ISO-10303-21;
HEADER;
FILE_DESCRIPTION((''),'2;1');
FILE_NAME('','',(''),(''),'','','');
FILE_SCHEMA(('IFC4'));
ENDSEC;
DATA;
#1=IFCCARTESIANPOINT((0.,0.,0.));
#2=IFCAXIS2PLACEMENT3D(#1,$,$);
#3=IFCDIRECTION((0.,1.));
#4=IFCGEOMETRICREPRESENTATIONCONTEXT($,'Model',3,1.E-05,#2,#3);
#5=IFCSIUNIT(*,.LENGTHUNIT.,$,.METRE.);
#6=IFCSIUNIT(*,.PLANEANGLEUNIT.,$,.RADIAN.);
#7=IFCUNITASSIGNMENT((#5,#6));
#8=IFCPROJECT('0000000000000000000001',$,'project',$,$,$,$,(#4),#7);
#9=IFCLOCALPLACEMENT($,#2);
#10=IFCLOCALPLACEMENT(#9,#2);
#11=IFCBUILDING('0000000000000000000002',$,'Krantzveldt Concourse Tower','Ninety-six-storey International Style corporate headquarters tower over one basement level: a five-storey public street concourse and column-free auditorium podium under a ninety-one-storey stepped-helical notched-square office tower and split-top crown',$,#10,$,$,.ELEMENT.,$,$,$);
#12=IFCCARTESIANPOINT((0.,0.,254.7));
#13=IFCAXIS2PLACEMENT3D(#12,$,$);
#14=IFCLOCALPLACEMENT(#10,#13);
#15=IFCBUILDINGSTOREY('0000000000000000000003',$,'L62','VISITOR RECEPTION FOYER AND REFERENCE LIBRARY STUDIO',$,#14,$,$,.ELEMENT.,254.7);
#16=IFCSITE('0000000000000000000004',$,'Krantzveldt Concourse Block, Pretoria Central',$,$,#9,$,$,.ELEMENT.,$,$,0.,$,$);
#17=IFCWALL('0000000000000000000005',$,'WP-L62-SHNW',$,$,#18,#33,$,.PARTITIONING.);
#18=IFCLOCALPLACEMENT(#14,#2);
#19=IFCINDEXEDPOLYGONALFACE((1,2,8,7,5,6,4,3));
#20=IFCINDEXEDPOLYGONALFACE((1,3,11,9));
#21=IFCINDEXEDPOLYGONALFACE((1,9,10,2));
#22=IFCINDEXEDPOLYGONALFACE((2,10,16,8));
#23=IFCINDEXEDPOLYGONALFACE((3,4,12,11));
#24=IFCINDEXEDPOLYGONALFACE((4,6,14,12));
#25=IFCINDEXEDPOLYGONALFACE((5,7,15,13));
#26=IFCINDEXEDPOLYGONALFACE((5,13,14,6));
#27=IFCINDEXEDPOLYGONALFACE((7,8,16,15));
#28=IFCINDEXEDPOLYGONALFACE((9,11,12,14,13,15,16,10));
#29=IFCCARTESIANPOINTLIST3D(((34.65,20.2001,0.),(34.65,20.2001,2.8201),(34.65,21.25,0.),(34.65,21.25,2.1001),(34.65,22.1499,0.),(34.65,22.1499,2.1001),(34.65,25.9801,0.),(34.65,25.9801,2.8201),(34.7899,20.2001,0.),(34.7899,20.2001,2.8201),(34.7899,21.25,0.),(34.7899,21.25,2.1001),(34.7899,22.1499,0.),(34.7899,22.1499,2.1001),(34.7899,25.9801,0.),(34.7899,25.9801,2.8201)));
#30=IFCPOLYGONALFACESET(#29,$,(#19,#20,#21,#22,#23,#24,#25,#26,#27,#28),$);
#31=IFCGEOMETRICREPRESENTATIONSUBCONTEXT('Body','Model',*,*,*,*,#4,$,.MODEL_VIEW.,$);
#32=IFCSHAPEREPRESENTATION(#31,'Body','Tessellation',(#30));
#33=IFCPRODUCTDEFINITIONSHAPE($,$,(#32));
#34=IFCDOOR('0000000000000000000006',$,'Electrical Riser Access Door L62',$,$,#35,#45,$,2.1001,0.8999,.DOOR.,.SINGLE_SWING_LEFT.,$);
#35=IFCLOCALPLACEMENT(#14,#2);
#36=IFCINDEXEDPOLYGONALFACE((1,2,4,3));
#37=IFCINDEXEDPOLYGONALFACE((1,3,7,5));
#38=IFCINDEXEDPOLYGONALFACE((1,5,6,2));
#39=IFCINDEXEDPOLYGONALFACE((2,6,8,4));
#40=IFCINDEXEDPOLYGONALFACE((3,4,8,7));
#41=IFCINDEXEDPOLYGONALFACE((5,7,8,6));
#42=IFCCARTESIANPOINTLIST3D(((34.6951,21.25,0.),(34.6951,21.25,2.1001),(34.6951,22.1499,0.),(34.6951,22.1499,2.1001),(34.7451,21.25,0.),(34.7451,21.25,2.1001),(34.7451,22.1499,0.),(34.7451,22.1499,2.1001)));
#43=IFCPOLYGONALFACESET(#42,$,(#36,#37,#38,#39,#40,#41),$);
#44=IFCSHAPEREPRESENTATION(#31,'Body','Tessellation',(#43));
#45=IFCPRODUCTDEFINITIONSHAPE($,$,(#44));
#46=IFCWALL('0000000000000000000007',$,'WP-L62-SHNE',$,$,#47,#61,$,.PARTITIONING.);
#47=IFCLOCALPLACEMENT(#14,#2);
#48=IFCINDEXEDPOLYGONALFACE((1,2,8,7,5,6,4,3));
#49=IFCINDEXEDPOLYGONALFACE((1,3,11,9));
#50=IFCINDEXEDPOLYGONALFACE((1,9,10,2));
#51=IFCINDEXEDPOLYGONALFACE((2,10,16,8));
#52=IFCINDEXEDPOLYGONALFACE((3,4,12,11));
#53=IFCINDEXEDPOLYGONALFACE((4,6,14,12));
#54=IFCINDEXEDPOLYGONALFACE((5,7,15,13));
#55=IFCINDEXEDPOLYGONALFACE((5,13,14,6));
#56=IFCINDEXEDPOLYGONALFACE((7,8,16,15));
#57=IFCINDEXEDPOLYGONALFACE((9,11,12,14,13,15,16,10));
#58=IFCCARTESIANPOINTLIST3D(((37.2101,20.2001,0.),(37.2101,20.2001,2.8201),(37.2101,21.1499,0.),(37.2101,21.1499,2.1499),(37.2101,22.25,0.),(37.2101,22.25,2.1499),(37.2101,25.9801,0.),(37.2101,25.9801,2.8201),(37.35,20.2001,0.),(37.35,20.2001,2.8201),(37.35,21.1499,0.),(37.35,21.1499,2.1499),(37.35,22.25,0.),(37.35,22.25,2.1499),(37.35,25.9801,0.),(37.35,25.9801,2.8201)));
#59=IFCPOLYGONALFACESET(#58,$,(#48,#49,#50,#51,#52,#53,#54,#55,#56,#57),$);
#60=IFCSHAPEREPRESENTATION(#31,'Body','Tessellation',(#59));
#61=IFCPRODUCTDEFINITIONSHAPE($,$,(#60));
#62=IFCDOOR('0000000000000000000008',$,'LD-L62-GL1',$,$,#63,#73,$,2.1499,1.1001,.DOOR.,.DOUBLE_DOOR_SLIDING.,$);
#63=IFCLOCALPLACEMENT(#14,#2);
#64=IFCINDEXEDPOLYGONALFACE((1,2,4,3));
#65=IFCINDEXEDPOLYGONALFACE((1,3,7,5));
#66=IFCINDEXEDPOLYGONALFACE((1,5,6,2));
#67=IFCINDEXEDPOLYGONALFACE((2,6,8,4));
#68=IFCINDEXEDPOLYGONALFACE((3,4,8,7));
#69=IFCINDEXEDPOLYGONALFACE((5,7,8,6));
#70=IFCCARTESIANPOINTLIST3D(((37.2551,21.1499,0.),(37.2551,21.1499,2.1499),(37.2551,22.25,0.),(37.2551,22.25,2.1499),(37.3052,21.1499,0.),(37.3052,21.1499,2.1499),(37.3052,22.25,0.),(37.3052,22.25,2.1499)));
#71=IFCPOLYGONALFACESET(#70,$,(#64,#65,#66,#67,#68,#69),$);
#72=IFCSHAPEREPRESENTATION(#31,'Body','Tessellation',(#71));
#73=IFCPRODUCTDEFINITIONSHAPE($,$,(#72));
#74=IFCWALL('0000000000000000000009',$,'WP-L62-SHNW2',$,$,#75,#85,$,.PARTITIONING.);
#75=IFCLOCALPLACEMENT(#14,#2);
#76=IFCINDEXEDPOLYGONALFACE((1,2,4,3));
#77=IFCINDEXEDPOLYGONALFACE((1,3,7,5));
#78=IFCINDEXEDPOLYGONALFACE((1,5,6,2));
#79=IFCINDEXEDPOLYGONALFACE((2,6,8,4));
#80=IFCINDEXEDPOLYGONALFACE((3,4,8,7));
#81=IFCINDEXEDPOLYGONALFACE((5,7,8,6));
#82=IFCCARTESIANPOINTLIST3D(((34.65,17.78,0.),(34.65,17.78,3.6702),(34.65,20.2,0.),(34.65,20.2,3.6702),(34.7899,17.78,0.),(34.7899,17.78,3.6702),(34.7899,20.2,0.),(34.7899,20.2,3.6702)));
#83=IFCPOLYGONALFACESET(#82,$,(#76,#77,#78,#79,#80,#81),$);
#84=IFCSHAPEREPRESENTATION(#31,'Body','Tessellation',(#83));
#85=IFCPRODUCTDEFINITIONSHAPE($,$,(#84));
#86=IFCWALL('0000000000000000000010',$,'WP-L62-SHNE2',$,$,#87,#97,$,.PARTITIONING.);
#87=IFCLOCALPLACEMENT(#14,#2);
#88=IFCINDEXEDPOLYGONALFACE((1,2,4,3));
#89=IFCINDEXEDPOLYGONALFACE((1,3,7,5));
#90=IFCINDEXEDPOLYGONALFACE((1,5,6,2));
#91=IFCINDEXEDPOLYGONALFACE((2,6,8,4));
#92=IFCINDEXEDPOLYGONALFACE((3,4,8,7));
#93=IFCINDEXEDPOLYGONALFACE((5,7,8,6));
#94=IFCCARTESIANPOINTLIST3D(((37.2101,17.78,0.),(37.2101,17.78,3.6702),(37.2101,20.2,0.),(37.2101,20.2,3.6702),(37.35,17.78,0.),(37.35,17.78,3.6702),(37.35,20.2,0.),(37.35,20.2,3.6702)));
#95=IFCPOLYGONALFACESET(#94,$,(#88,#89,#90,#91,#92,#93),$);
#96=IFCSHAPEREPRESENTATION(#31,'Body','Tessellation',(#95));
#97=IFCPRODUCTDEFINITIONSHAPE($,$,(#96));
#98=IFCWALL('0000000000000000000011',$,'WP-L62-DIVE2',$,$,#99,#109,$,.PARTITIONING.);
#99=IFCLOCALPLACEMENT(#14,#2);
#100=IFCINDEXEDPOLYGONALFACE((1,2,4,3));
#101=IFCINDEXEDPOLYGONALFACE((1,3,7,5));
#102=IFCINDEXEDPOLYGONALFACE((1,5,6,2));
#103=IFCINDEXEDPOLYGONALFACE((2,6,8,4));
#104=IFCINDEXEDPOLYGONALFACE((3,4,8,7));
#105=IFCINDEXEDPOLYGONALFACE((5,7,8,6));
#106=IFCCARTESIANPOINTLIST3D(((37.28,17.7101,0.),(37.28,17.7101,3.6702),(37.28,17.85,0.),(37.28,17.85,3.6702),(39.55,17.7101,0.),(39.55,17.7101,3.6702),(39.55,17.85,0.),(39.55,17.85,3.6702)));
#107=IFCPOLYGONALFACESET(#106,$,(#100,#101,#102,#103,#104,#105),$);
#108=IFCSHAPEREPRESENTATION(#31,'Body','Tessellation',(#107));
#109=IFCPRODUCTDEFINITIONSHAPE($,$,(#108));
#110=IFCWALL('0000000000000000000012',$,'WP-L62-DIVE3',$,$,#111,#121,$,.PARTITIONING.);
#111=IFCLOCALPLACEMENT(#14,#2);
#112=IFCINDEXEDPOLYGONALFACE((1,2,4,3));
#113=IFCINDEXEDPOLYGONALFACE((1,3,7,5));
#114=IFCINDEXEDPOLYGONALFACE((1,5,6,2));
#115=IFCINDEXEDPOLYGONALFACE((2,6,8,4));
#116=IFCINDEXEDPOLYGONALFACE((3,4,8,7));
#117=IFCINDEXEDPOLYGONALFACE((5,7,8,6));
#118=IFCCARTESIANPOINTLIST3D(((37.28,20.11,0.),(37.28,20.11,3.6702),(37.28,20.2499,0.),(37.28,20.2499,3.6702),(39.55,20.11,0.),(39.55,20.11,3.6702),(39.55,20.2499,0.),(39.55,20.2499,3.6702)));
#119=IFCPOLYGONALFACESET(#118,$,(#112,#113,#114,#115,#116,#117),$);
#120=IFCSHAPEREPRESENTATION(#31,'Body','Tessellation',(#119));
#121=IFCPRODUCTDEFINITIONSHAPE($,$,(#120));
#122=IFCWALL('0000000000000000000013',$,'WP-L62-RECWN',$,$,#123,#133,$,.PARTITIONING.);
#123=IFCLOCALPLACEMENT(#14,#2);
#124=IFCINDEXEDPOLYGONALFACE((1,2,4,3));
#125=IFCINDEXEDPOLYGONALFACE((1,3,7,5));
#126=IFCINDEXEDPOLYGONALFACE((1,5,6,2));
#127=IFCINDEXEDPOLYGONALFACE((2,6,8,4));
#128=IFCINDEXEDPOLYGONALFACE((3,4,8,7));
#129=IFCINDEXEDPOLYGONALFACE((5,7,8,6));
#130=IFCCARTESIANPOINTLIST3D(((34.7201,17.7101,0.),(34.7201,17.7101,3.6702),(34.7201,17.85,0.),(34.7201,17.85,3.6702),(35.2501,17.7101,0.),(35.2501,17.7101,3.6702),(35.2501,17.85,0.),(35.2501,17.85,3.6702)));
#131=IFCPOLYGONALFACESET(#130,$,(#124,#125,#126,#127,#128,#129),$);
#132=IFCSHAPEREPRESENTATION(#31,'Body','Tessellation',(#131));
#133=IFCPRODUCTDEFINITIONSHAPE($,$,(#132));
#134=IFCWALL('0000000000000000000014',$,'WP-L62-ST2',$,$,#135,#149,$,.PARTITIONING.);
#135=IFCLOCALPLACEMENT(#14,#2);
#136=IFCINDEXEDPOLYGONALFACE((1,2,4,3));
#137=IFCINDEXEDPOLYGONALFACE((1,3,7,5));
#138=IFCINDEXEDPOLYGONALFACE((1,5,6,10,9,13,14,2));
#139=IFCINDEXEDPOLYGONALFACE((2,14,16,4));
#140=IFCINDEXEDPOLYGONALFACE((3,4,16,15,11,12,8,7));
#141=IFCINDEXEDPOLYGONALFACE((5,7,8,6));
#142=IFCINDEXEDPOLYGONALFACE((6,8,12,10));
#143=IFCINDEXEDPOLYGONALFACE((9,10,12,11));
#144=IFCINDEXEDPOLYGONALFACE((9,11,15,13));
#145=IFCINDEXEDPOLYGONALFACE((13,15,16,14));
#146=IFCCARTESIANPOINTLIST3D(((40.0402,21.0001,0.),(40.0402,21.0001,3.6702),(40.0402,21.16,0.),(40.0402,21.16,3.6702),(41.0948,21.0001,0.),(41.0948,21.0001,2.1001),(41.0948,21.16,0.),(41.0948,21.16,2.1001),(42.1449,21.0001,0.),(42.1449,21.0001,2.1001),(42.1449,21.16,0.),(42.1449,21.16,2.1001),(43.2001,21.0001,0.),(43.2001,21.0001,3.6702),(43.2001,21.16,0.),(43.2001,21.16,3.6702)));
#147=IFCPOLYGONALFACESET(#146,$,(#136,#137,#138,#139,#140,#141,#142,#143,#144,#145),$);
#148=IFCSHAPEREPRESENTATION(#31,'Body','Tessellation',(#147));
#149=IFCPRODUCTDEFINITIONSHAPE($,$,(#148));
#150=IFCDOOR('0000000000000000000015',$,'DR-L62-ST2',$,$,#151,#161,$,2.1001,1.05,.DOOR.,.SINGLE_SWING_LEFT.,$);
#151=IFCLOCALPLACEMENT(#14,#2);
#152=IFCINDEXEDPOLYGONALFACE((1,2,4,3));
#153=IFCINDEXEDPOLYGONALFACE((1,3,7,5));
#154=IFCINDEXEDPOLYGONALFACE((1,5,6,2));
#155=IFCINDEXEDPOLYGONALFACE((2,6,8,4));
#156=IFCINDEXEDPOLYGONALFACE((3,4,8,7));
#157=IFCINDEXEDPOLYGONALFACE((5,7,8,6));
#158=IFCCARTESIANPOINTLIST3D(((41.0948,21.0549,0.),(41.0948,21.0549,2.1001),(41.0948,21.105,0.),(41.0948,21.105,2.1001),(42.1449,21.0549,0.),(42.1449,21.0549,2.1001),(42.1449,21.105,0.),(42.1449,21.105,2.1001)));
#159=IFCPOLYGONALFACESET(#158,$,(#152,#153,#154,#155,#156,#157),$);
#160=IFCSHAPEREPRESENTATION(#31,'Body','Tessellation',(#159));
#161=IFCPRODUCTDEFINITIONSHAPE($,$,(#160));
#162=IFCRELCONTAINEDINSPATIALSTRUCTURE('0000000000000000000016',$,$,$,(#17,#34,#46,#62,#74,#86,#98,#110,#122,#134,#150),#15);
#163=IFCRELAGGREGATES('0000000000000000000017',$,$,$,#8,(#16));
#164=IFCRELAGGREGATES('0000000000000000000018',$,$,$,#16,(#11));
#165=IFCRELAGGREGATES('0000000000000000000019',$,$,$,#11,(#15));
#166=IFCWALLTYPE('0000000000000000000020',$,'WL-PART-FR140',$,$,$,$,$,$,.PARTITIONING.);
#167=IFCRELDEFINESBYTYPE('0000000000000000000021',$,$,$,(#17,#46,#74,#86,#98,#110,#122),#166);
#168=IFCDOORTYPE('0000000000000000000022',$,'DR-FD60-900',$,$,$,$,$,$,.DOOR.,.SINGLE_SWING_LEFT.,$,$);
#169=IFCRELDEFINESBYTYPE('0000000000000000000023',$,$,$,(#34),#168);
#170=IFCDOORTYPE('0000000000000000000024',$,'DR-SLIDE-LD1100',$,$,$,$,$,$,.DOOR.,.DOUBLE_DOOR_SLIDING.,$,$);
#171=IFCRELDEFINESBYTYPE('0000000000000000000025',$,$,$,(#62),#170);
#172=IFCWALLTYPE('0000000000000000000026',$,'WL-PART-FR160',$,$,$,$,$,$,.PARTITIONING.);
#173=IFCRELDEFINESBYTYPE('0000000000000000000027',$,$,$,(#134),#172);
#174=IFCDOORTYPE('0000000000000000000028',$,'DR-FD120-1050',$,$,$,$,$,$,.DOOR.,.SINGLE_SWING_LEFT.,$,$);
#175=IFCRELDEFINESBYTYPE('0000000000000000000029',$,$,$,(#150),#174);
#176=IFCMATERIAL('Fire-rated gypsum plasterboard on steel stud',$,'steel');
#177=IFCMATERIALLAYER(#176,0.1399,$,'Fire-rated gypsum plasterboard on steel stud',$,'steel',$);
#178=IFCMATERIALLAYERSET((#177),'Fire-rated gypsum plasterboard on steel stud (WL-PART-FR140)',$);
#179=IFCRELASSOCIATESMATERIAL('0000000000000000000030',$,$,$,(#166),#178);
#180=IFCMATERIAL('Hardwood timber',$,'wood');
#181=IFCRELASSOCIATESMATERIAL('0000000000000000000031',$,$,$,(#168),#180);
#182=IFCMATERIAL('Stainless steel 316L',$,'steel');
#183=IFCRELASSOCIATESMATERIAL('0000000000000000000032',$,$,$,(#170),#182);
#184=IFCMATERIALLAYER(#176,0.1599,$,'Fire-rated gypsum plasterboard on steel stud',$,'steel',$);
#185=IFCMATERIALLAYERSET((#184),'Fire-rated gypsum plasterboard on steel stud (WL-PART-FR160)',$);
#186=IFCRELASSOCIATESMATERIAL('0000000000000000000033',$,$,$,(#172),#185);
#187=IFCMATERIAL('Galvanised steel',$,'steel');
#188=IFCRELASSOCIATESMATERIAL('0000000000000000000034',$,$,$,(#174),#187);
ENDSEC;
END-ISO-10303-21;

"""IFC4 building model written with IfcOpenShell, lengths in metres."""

from ifc_helpers import new_model, si_unit, direction, frame, frame_2d, origin, place, context, subcontext, project, spatial, rectangle, extrude, material, layer, layer_set, type_object, element, fill, save


model = new_model("IFC4")

# Units and contexts
model_context = context("Model", 3, precision=1e-05, world=origin(), true_north=direction((0.0, 1.0)))
body_context = subcontext(model_context, "Body", "Model", "MODEL_VIEW")
ifc_project = project(units=[si_unit("LENGTHUNIT", "METRE"), si_unit("PLANEANGLEUNIT", "RADIAN")], contexts=[model_context])

# Site, building, storey
site_placement = place(None, origin())
site = spatial("IfcSite", under=ifc_project, at=site_placement, Name="Krantzveldt Concourse Block, Pretoria Central", CompositionType="ELEMENT", RefElevation=0.0)
building_placement = place(site_placement, origin())
building = spatial("IfcBuilding", under=site, at=building_placement, Name="Krantzveldt Concourse Tower", Description="Ninety-six-storey International Style corporate headquarters tower over one basement level: a five-storey public street concourse and column-free auditorium podium under a ninety-one-storey stepped-helical notched-square office tower and split-top crown", CompositionType="ELEMENT")
storey_placement = place(building_placement, frame((0.0, 0.0, 254.7)))
storey = spatial("IfcBuildingStorey", under=building, at=storey_placement, Name="L62", Description="VISITOR RECEPTION FOYER AND REFERENCE LIBRARY STUDIO", CompositionType="ELEMENT", Elevation=254.7)

# Walls, openings, doors
ifc_material_1 = material(Name="Fire-rated gypsum plasterboard on steel stud", Category="steel")
ifc_layer_1 = layer(ifc_material_1, 0.1399, Name="Fire-rated gypsum plasterboard on steel stud", Category="steel")
ifc_layer_set_1 = layer_set([ifc_layer_1], Name="Fire-rated gypsum plasterboard on steel stud (WL-PART-FR140)")
wall_type_1 = type_object("IfcWallType", Name="WL-PART-FR140", PredefinedType="PARTITIONING", material=ifc_layer_set_1)
wall_1_placement = place(storey_placement, frame((34.72, 20.2, 0.0), z_axis=(0.0, 0.0, 1.0), x_axis=(0.0, 1.0, 0.0)))
wall_1 = element("IfcWall", 1, at=wall_1_placement, inside=storey, type_object=wall_type_1, Name="WP-L62-SHNW", PredefinedType="PARTITIONING", context=body_context, shape_type="SweptSolid", body=[
    extrude(rectangle(XDim=5.78, YDim=0.1399, at=frame_2d((2.8901, 0.0))), origin(), (0.0, 0.0, 1.0), 2.8201),
])
opening_1_placement = place(wall_1_placement, frame((1.05, 0.0, 0.0)))
opening_1 = element("IfcOpeningElement", 2, at=opening_1_placement, cuts=wall_1, PredefinedType="OPENING", context=body_context, shape_type="SweptSolid", body=[
    extrude(rectangle(XDim=0.8999, YDim=2.1001, at=frame_2d((0.45, 1.05))), frame((0.0, 0.0801, 0.0), z_axis=(0.0, -1.0, 0.0), x_axis=(1.0, 0.0, 0.0)), (0.0, 0.0, 1.0), 0.1599),
])
ifc_material_2 = material(Name="Hardwood timber", Category="wood")
door_type_1 = type_object("IfcDoorType", Name="DR-FD60-900", OperationType="SINGLE_SWING_LEFT", PredefinedType="DOOR", material=ifc_material_2)
door_1_placement = place(opening_1_placement, origin())
door_1 = element("IfcDoor", 3, at=door_1_placement, inside=storey, type_object=door_type_1, Name="Electrical Riser Access Door L62", OperationType="SINGLE_SWING_LEFT", OverallHeight=2.1001, OverallWidth=0.8999, PredefinedType="DOOR", context=body_context, shape_type="SweptSolid", body=[
    extrude(rectangle(XDim=0.8999, YDim=2.1001, at=frame_2d((0.45, 1.05))), frame((0.0, 0.0249, 0.0), z_axis=(0.0, -1.0, 0.0), x_axis=(1.0, 0.0, 0.0)), (0.0, 0.0, 1.0), 0.05),
])
fill(opening_1, door_1)
wall_2_placement = place(storey_placement, frame((37.28, 20.2, 0.0), z_axis=(0.0, 0.0, 1.0), x_axis=(0.0, 1.0, 0.0)))
wall_2 = element("IfcWall", 4, at=wall_2_placement, inside=storey, type_object=wall_type_1, Name="WP-L62-SHNE", PredefinedType="PARTITIONING", context=body_context, shape_type="SweptSolid", body=[
    extrude(rectangle(XDim=5.78, YDim=0.1399, at=frame_2d((2.8901, 0.0))), origin(), (0.0, 0.0, 1.0), 2.8201),
])
opening_2_placement = place(wall_2_placement, frame((0.95, 0.0, 0.0)))
opening_2 = element("IfcOpeningElement", 5, at=opening_2_placement, cuts=wall_2, PredefinedType="OPENING", context=body_context, shape_type="SweptSolid", body=[
    extrude(rectangle(XDim=1.1001, YDim=2.1499, at=frame_2d((0.55, 1.075))), frame((0.0, 0.0801, 0.0), z_axis=(0.0, -1.0, 0.0), x_axis=(1.0, 0.0, 0.0)), (0.0, 0.0, 1.0), 0.1599),
])
ifc_material_3 = material(Name="Stainless steel 316L", Category="steel")
door_type_2 = type_object("IfcDoorType", Name="DR-SLIDE-LD1100", OperationType="DOUBLE_DOOR_SLIDING", PredefinedType="DOOR", material=ifc_material_3)
door_2_placement = place(opening_2_placement, origin())
door_2 = element("IfcDoor", 6, at=door_2_placement, inside=storey, type_object=door_type_2, Name="LD-L62-GL1", OperationType="DOUBLE_DOOR_SLIDING", OverallHeight=2.1499, OverallWidth=1.1001, PredefinedType="DOOR", context=body_context, shape_type="SweptSolid", body=[
    extrude(rectangle(XDim=1.1001, YDim=2.1499, at=frame_2d((0.55, 1.075))), frame((0.0, 0.0249, 0.0), z_axis=(0.0, -1.0, 0.0), x_axis=(1.0, 0.0, 0.0)), (0.0, 0.0, 1.0), 0.05),
])
fill(opening_2, door_2)

# Walls
for number, where, z_axis, x_axis, name in (
    (7, (34.72, 17.78, 0.0), (0.0, 0.0, 1.0), (0.0, 1.0, 0.0), "WP-L62-SHNW2"),
    (8, (37.28, 17.78, 0.0), (0.0, 0.0, 1.0), (0.0, 1.0, 0.0), "WP-L62-SHNE2"),
):
    element("IfcWall", number, at=place(storey_placement, frame(where, z_axis=z_axis, x_axis=x_axis)), inside=storey, type_object=wall_type_1, Name=name, PredefinedType="PARTITIONING", context=body_context, shape_type="SweptSolid", body=[
        extrude(rectangle(XDim=2.4199, YDim=0.1399, at=frame_2d((1.21, 0.0))), origin(), (0.0, 0.0, 1.0), 3.6702),
    ])
for number, where, z_axis, x_axis, name in (
    (9, (37.28, 17.78, 0.0), (0.0, 0.0, 1.0), (1.0, 0.0, 0.0), "WP-L62-DIVE2"),
    (10, (37.28, 20.1799, 0.0), (0.0, 0.0, 1.0), (1.0, 0.0, 0.0), "WP-L62-DIVE3"),
):
    element("IfcWall", number, at=place(storey_placement, frame(where, z_axis=z_axis, x_axis=x_axis)), inside=storey, type_object=wall_type_1, Name=name, PredefinedType="PARTITIONING", context=body_context, shape_type="SweptSolid", body=[
        extrude(rectangle(XDim=2.27, YDim=0.1399, at=frame_2d((1.135, 0.0))), origin(), (0.0, 0.0, 1.0), 3.6702),
    ])
wall_3_placement = place(storey_placement, frame((34.72, 17.78, 0.0), z_axis=(0.0, 0.0, 1.0), x_axis=(1.0, 0.0, 0.0)))
element("IfcWall", 11, at=wall_3_placement, inside=storey, type_object=wall_type_1, Name="WP-L62-RECWN", PredefinedType="PARTITIONING", context=body_context, shape_type="SweptSolid", body=[
    extrude(rectangle(XDim=0.53, YDim=0.1399, at=frame_2d((0.2651, 0.0))), origin(), (0.0, 0.0, 1.0), 3.6702),
])

# Wall, opening, door
ifc_layer_2 = layer(ifc_material_1, 0.1599, Name="Fire-rated gypsum plasterboard on steel stud", Category="steel")
ifc_layer_set_2 = layer_set([ifc_layer_2], Name="Fire-rated gypsum plasterboard on steel stud (WL-PART-FR160)")
wall_type_2 = type_object("IfcWallType", Name="WL-PART-FR160", PredefinedType="PARTITIONING", material=ifc_layer_set_2)
wall_4_placement = place(storey_placement, frame((40.04, 21.0801, 0.0), z_axis=(0.0, 0.0, 1.0), x_axis=(1.0, 0.0, 0.0)))
wall_4 = element("IfcWall", 12, at=wall_4_placement, inside=storey, type_object=wall_type_2, Name="WP-L62-ST2", PredefinedType="PARTITIONING", context=body_context, shape_type="SweptSolid", body=[
    extrude(rectangle(XDim=3.1599, YDim=0.1599, at=frame_2d((1.5801, 0.0))), origin(), (0.0, 0.0, 1.0), 3.6702),
])
opening_3_placement = place(wall_4_placement, frame((1.0549, 0.0, 0.0)))
opening_3 = element("IfcOpeningElement", 13, at=opening_3_placement, cuts=wall_4, PredefinedType="OPENING", context=body_context, shape_type="SweptSolid", body=[
    extrude(rectangle(XDim=1.05, YDim=2.1001, at=frame_2d((0.5249, 1.05))), frame((0.0, 0.0898, 0.0), z_axis=(0.0, -1.0, 0.0), x_axis=(1.0, 0.0, 0.0)), (0.0, 0.0, 1.0), 0.1799),
])
ifc_material_4 = material(Name="Galvanised steel", Category="steel")
door_type_3 = type_object("IfcDoorType", Name="DR-FD120-1050", OperationType="SINGLE_SWING_LEFT", PredefinedType="DOOR", material=ifc_material_4)
door_3_placement = place(opening_3_placement, origin())
door_3 = element("IfcDoor", 14, at=door_3_placement, inside=storey, type_object=door_type_3, Name="DR-L62-ST2", OperationType="SINGLE_SWING_LEFT", OverallHeight=2.1001, OverallWidth=1.05, PredefinedType="DOOR", context=body_context, shape_type="SweptSolid", body=[
    extrude(rectangle(XDim=1.05, YDim=2.1001, at=frame_2d((0.5249, 1.05))), frame((0.0, 0.0249, 0.0), z_axis=(0.0, -1.0, 0.0), x_axis=(1.0, 0.0, 0.0)), (0.0, 0.0, 1.0), 0.05),
])
fill(opening_3, door_3)

save(model, "model.ifc")
